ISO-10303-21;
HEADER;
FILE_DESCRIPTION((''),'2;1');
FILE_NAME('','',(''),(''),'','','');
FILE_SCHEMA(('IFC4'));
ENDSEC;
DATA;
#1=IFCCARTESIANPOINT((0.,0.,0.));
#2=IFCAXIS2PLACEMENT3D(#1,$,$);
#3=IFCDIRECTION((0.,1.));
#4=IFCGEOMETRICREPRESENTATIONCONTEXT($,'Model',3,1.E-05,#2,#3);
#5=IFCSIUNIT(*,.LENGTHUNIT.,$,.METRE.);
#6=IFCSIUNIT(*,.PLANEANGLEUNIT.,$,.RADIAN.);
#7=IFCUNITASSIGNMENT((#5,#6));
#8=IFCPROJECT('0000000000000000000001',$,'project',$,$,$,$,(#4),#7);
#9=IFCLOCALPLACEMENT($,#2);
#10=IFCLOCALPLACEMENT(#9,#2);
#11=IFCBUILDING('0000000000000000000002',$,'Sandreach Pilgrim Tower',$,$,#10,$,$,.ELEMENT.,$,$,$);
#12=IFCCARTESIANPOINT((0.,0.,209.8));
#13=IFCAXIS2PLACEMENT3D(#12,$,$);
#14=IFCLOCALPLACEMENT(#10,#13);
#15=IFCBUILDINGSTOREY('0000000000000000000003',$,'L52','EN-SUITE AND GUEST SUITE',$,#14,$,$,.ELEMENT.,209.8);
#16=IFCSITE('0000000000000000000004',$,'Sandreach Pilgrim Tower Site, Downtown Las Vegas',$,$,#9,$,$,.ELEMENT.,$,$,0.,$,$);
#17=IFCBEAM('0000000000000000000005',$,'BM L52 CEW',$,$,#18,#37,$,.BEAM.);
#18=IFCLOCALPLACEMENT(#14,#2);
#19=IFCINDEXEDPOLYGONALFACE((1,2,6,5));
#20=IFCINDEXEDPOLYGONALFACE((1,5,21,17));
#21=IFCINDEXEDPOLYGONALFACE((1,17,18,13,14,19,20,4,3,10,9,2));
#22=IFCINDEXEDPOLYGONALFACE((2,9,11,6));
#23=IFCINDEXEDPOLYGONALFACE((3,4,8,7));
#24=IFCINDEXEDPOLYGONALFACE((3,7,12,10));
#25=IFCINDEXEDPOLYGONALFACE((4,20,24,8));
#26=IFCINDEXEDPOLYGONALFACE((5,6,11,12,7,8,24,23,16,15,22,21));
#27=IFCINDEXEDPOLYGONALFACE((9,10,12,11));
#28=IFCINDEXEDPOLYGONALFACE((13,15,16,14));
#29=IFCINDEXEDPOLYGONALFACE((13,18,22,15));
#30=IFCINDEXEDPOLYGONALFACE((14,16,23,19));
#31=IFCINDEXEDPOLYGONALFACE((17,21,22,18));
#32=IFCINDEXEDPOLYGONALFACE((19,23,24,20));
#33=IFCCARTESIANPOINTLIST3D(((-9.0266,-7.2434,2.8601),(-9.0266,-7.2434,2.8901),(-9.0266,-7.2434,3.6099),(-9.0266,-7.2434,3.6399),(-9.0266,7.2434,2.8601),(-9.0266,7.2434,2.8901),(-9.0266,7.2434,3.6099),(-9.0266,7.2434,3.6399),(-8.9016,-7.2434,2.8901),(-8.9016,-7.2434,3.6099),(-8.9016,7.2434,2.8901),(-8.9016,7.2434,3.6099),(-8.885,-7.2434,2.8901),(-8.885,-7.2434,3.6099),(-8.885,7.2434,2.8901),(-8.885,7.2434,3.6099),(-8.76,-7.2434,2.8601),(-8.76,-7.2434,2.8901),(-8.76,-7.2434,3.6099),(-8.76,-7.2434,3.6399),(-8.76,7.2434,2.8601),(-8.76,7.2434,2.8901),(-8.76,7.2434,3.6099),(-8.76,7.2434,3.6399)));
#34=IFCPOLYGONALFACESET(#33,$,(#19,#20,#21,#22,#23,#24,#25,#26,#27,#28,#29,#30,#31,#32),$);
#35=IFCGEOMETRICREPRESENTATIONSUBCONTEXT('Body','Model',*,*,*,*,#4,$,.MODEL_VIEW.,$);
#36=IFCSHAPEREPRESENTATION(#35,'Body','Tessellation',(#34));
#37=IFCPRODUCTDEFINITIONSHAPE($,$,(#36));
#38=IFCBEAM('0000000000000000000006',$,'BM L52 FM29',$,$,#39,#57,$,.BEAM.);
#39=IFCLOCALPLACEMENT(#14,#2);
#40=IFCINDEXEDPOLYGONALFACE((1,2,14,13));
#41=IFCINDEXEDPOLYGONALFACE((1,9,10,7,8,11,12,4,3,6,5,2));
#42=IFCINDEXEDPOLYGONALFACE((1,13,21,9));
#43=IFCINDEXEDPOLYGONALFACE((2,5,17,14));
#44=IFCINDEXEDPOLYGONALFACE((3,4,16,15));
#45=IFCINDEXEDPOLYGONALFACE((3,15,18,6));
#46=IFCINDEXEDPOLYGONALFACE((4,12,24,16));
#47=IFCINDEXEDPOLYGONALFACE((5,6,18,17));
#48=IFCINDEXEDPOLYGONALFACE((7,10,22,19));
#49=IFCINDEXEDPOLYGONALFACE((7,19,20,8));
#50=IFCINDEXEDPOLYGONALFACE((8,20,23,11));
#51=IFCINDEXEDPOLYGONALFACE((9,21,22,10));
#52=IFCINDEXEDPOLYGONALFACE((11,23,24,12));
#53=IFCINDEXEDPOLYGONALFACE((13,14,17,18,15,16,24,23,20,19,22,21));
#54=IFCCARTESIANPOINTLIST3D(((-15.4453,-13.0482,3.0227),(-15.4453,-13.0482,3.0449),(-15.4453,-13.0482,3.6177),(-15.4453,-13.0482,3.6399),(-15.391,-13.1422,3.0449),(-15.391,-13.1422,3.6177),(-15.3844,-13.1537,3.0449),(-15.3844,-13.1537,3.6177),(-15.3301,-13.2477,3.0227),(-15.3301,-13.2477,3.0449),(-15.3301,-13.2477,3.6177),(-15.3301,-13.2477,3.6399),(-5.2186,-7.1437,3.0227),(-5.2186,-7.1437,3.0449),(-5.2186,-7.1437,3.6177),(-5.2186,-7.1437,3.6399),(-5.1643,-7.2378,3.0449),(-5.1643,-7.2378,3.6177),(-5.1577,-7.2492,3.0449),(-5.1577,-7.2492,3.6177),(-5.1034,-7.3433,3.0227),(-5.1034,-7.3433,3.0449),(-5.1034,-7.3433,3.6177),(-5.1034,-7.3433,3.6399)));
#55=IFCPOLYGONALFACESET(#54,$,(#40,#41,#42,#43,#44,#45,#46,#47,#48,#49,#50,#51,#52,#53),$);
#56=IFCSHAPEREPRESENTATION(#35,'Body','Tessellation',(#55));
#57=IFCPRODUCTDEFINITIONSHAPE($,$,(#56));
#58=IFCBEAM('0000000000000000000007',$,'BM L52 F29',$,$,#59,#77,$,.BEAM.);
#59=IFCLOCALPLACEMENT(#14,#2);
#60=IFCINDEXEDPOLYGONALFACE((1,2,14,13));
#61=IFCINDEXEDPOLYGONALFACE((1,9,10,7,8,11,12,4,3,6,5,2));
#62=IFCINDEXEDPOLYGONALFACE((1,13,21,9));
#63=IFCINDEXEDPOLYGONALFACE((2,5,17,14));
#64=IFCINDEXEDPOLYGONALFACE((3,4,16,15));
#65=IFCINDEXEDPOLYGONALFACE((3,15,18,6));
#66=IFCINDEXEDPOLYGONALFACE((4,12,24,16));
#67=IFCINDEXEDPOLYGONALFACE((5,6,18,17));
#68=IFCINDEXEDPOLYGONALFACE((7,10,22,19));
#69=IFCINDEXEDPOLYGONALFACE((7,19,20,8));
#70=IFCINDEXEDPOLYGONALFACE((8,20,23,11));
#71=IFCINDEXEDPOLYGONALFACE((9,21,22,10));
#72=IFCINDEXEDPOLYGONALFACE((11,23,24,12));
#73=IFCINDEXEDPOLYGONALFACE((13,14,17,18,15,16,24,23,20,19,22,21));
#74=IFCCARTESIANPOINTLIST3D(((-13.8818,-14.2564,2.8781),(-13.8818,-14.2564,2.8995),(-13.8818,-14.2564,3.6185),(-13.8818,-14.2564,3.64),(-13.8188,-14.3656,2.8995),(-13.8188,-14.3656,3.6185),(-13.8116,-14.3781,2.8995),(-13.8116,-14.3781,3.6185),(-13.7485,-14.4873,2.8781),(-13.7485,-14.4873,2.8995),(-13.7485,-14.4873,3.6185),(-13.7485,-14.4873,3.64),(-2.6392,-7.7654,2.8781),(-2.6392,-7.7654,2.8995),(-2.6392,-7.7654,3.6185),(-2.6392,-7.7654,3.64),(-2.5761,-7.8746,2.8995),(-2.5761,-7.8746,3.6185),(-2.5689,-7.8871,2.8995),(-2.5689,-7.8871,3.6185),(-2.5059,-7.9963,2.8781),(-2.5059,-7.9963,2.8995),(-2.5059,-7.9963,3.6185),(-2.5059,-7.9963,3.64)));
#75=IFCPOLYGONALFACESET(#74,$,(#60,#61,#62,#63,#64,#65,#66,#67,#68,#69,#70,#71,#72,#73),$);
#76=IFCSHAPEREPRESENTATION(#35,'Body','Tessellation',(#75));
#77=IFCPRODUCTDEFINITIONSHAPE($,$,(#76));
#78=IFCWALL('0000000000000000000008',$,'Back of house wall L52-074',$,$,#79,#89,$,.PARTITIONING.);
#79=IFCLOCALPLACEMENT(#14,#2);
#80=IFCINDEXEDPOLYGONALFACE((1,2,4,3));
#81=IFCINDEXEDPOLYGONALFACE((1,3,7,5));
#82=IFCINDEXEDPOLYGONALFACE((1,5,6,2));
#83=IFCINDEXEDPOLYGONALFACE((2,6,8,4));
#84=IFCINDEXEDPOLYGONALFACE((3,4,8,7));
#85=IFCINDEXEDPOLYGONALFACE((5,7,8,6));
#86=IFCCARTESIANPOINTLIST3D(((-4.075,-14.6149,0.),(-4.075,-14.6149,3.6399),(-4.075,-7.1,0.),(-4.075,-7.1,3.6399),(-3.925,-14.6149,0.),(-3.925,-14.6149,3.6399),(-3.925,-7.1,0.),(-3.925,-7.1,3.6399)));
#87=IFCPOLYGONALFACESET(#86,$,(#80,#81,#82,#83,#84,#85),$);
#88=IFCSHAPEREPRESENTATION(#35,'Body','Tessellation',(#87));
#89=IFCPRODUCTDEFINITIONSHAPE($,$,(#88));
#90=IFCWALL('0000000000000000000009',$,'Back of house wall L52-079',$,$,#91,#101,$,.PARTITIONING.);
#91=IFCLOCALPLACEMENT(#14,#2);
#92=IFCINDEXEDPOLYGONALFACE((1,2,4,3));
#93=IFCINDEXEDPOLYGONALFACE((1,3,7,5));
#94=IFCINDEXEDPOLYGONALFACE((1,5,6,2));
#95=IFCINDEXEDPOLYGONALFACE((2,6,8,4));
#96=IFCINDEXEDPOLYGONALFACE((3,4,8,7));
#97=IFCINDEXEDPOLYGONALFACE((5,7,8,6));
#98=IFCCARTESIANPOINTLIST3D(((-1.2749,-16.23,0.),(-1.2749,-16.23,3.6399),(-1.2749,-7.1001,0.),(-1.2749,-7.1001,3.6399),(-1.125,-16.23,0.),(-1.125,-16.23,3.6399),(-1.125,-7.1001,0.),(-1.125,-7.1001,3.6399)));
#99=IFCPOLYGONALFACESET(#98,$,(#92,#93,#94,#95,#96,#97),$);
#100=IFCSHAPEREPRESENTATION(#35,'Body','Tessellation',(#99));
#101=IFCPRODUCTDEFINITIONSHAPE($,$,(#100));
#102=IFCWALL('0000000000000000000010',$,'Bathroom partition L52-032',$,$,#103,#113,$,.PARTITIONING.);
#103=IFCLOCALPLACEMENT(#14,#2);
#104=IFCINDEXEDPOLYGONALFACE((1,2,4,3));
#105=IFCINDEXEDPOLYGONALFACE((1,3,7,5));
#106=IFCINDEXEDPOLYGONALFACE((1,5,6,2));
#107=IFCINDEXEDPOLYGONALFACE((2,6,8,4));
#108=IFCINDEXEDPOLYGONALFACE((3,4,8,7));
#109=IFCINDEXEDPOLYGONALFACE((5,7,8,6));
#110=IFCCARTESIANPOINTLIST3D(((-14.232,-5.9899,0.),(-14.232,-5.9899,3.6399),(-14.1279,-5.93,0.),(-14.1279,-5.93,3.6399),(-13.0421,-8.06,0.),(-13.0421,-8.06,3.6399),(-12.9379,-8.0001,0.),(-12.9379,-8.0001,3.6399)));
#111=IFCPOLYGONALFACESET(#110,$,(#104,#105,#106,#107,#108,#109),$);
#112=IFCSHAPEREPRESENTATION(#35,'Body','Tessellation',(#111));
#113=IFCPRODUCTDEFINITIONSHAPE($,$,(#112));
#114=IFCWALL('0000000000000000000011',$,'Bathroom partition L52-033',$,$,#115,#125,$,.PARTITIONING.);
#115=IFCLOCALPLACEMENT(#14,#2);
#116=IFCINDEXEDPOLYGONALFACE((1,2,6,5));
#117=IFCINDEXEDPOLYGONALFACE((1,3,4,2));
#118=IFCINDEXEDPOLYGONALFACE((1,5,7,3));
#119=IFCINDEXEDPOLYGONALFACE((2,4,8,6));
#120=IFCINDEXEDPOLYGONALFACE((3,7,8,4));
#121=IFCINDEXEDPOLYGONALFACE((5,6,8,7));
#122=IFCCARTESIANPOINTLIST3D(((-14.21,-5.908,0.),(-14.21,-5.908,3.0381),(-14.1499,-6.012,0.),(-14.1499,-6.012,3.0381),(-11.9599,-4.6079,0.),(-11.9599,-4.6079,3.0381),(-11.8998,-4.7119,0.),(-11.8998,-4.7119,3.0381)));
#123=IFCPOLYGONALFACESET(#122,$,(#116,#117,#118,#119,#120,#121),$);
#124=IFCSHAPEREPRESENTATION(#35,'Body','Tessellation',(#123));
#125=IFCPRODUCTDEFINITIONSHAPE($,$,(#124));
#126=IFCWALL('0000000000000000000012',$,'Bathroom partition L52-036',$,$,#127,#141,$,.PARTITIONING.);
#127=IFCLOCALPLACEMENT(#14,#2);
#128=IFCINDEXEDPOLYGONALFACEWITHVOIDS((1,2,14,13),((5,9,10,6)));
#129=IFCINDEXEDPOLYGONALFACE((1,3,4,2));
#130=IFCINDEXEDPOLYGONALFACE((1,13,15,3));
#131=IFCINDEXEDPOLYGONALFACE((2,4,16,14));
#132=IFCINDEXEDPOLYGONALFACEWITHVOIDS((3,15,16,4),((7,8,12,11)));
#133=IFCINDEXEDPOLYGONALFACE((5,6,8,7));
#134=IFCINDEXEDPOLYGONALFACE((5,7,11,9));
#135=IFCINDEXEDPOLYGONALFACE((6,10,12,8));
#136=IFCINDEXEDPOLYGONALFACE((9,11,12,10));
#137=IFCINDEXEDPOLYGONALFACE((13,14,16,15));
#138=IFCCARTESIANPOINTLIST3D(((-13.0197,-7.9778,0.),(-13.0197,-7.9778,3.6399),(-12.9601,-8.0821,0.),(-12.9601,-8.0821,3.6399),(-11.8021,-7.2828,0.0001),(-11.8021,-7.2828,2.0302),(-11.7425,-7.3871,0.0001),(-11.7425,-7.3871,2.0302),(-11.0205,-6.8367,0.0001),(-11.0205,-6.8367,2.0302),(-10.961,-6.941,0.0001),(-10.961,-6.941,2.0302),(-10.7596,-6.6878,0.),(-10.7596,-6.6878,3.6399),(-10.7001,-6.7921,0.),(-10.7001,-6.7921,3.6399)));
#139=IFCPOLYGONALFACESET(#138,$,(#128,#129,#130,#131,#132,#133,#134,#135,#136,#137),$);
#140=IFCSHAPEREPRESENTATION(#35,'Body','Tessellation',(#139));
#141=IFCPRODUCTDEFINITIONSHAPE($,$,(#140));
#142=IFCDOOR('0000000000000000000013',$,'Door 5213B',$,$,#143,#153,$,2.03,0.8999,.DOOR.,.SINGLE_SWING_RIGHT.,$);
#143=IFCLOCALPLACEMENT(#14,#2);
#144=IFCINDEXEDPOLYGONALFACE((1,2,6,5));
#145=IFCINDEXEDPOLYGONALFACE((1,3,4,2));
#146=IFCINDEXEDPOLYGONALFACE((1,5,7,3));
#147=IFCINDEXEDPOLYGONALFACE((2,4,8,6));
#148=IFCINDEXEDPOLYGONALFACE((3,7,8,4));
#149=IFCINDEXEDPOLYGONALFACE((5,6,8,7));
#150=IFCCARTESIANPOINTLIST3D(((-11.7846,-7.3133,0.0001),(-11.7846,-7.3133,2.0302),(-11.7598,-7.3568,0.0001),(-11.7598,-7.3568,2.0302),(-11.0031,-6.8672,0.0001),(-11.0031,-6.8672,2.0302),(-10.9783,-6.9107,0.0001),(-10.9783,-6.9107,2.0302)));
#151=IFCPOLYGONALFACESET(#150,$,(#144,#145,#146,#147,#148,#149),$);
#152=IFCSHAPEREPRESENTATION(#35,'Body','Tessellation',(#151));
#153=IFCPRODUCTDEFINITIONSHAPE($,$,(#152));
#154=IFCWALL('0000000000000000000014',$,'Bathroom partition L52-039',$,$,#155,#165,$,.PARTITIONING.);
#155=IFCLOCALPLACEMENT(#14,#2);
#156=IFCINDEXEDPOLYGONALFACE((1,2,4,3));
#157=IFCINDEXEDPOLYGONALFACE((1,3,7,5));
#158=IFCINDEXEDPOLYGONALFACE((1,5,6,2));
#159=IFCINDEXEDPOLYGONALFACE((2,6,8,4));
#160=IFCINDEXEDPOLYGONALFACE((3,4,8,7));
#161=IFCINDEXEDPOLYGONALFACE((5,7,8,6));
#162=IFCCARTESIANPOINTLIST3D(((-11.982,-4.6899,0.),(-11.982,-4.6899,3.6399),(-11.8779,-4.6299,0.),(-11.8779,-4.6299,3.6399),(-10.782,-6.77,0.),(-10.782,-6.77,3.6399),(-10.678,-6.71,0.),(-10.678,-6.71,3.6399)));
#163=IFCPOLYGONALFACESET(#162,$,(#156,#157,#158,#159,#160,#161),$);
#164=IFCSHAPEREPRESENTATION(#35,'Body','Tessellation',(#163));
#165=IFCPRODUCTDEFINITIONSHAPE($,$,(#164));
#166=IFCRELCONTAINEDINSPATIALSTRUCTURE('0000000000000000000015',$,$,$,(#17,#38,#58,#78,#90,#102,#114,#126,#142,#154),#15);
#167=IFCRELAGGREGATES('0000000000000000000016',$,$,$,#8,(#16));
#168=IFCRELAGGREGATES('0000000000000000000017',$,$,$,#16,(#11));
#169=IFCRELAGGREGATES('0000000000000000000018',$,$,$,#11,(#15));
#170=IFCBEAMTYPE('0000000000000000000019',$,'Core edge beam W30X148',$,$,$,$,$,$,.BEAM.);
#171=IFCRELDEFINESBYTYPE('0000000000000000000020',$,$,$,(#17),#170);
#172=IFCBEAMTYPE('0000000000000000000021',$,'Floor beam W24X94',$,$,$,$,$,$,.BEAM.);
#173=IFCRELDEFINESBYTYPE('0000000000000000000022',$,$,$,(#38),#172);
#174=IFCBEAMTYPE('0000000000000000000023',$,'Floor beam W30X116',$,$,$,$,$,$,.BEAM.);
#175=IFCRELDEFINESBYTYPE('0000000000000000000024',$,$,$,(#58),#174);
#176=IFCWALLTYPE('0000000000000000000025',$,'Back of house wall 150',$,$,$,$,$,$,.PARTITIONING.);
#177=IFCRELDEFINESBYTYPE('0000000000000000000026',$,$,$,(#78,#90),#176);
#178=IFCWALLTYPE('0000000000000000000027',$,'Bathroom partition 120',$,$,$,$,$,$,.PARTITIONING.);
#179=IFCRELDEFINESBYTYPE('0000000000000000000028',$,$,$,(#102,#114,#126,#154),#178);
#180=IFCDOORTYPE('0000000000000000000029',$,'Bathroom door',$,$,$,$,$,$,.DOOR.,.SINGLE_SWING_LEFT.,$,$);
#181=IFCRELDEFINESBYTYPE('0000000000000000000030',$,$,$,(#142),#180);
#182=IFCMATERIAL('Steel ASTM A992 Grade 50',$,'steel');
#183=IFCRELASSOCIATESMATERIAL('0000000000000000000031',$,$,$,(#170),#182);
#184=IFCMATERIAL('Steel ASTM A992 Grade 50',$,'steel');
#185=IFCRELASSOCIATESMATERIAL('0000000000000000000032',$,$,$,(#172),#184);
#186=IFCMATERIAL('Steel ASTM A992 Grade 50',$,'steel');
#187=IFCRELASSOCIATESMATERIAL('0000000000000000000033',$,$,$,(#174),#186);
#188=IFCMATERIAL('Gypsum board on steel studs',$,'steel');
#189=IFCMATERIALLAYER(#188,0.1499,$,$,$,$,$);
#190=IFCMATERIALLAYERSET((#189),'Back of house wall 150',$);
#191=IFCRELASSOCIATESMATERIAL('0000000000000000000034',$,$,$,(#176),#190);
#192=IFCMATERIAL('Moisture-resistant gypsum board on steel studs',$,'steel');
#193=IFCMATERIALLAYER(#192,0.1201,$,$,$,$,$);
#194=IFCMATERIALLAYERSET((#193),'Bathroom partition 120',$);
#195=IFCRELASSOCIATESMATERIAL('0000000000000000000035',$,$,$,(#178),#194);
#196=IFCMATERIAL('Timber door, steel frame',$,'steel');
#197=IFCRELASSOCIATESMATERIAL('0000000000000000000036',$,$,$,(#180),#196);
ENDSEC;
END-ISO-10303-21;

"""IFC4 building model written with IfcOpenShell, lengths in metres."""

from ifc_helpers import new_model, si_unit, direction, frame, frame_2d, origin, origin_2d, place, context, subcontext, project, spatial, rectangle, i_section, extrude, material, layer, layer_set, material_profile, profile_set, type_object, element, fill, save


model = new_model("IFC4")

# Units and contexts
model_context = context("Model", 3, precision=1e-05, world=origin(), true_north=direction((0.0, 1.0)))
body_context = subcontext(model_context, "Body", "Model", "MODEL_VIEW")
ifc_project = project(units=[si_unit("LENGTHUNIT", "METRE"), si_unit("PLANEANGLEUNIT", "RADIAN")], contexts=[model_context])

# Site, building, storey
site_placement = place(None, origin())
site = spatial("IfcSite", under=ifc_project, at=site_placement, Name="Sandreach Pilgrim Tower Site, Downtown Las Vegas", CompositionType="ELEMENT", RefElevation=0.0)
building_placement = place(site_placement, origin())
building = spatial("IfcBuilding", under=site, at=building_placement, Name="Sandreach Pilgrim Tower", CompositionType="ELEMENT")
storey_placement = place(building_placement, frame((0.0, 0.0, 209.8)))
storey = spatial("IfcBuildingStorey", under=building, at=storey_placement, Name="L52", Description="EN-SUITE AND GUEST SUITE", CompositionType="ELEMENT", Elevation=209.8)

# Beams
ifc_material_1 = material(Name="Steel ASTM A992 Grade 50", Category="steel")
ifc_material_profile_1 = material_profile(ifc_material_1, i_section(OverallWidth=0.2666, OverallDepth=0.7798, WebThickness=0.0166, FlangeThickness=0.03, at=origin_2d()), Name="W30X148")
ifc_profile_set_1 = profile_set([ifc_material_profile_1], Name="Steel ASTM A992 Grade 50")
beam_type_1 = type_object("IfcBeamType", Name="Core edge beam W30X148", PredefinedType="BEAM", material=ifc_profile_set_1)
beam_1_placement = place(storey_placement, frame((-8.8933, -7.2434, 3.25), z_axis=(0.0, 1.0, 0.0), x_axis=(-1.0, 0.0, 0.0)))
element("IfcBeam", 1, at=beam_1_placement, inside=storey, type_object=beam_type_1, Name="BM L52 CEW", PredefinedType="BEAM", context=body_context, shape_type="SweptSolid", body=[
    extrude(i_section(OverallWidth=0.2666, OverallDepth=0.7798, WebThickness=0.0166, FlangeThickness=0.03, at=origin_2d()), origin(), (0.0, 0.0, 1.0), 14.4868),
])
ifc_material_2 = material(Name="Steel ASTM A992 Grade 50", Category="steel")
ifc_material_profile_2 = material_profile(ifc_material_2, i_section(OverallWidth=0.2305, OverallDepth=0.6172, WebThickness=0.0132, FlangeThickness=0.0222, at=origin_2d()), Name="W24X94")
ifc_profile_set_2 = profile_set([ifc_material_profile_2], Name="Steel ASTM A992 Grade 50")
beam_type_2 = type_object("IfcBeamType", Name="Floor beam W24X94", PredefinedType="BEAM", material=ifc_profile_set_2)
beam_2_placement = place(storey_placement, frame((-15.3877, -13.1479, 3.3313), z_axis=(0.866022, 0.500006, 0.0), x_axis=(-0.500006, 0.866022, 0.0)))
element("IfcBeam", 2, at=beam_2_placement, inside=storey, type_object=beam_type_2, Name="BM L52 FM29", PredefinedType="BEAM", context=body_context, shape_type="SweptSolid", body=[
    extrude(i_section(OverallWidth=0.2305, OverallDepth=0.6172, WebThickness=0.0132, FlangeThickness=0.0222, at=origin_2d()), origin(), (0.0, 0.0, 1.0), 11.8088),
])
ifc_material_3 = material(Name="Steel ASTM A992 Grade 50", Category="steel")
ifc_material_profile_3 = material_profile(ifc_material_3, i_section(OverallWidth=0.2666, OverallDepth=0.762, WebThickness=0.0144, FlangeThickness=0.0215, at=origin_2d()), Name="W30X116")
ifc_profile_set_3 = profile_set([ifc_material_profile_3], Name="Steel ASTM A992 Grade 50")
beam_type_3 = type_object("IfcBeamType", Name="Floor beam W30X116", PredefinedType="BEAM", material=ifc_profile_set_3)
beam_3_placement = place(storey_placement, frame((-13.8152, -14.3718, 3.259), z_axis=(0.866025, 0.5, 0.0), x_axis=(-0.5, 0.866025, 0.0)))
element("IfcBeam", 3, at=beam_3_placement, inside=storey, type_object=beam_type_3, Name="BM L52 F29", PredefinedType="BEAM", context=body_context, shape_type="SweptSolid", body=[
    extrude(i_section(OverallWidth=0.2666, OverallDepth=0.762, WebThickness=0.0144, FlangeThickness=0.0215, at=origin_2d()), origin(), (0.0, 0.0, 1.0), 12.9819),
])

# Walls
ifc_material_4 = material(Name="Gypsum board on steel studs", Category="steel")
ifc_layer_1 = layer(ifc_material_4, 0.1499)
ifc_layer_set_1 = layer_set([ifc_layer_1], Name="Back of house wall 150")
wall_type_1 = type_object("IfcWallType", Name="Back of house wall 150", PredefinedType="PARTITIONING", material=ifc_layer_set_1)
wall_1_placement = place(storey_placement, frame((-4.0, -7.1001, 0.0), z_axis=(0.0, 0.0, 1.0), x_axis=(0.0, -1.0, 0.0)))
element("IfcWall", 4, at=wall_1_placement, inside=storey, type_object=wall_type_1, Name="Back of house wall L52-074", PredefinedType="PARTITIONING", context=body_context, shape_type="SweptSolid", body=[
    extrude(rectangle(XDim=7.5149, YDim=0.1499, at=frame_2d((3.7573, 0.0))), origin(), (0.0, 0.0, 1.0), 3.6399),
])
wall_2_placement = place(storey_placement, frame((-1.2, -7.1001, 0.0), z_axis=(0.0, 0.0, 1.0), x_axis=(0.0, -1.0, 0.0)))
element("IfcWall", 5, at=wall_2_placement, inside=storey, type_object=wall_type_1, Name="Back of house wall L52-079", PredefinedType="PARTITIONING", context=body_context, shape_type="SweptSolid", body=[
    extrude(rectangle(XDim=9.1299, YDim=0.1499, at=frame_2d((4.5649, 0.0))), origin(), (0.0, 0.0, 1.0), 3.6399),
])
ifc_material_5 = material(Name="Moisture-resistant gypsum board on steel studs", Category="steel")
ifc_layer_2 = layer(ifc_material_5, 0.1201)
ifc_layer_set_2 = layer_set([ifc_layer_2], Name="Bathroom partition 120")
wall_type_2 = type_object("IfcWallType", Name="Bathroom partition 120", PredefinedType="PARTITIONING", material=ifc_layer_set_2)
wall_3_placement = place(storey_placement, frame((-14.1799, -5.96, 0.0), z_axis=(0.0, 0.0, 1.0), x_axis=(0.498362, -0.866969, 0.0)))
element("IfcWall", 6, at=wall_3_placement, inside=storey, type_object=wall_type_2, Name="Bathroom partition L52-032", PredefinedType="PARTITIONING", context=body_context, shape_type="SweptSolid", body=[
    extrude(rectangle(XDim=2.3877, YDim=0.1201, at=frame_2d((1.1938, 0.0))), origin(), (0.0, 0.0, 1.0), 3.6399),
])
wall_4_placement = place(storey_placement, frame((-14.1799, -5.96, 0.0), z_axis=(0.0, 0.0, 1.0), x_axis=(0.865857, 0.500292, 0.0)))
element("IfcWall", 7, at=wall_4_placement, inside=storey, type_object=wall_type_2, Name="Bathroom partition L52-033", PredefinedType="PARTITIONING", context=body_context, shape_type="SweptSolid", body=[
    extrude(rectangle(XDim=2.5986, YDim=0.1201, at=frame_2d((1.2993, 0.0))), origin(), (0.0, 0.0, 1.0), 3.0381),
])

# Wall, opening, door
wall_5_placement = place(storey_placement, frame((-12.99, -8.03, 0.0), z_axis=(0.0, 0.0, 1.0), x_axis=(0.868474, 0.495735, 0.0)))
wall_5 = element("IfcWall", 8, at=wall_5_placement, inside=storey, type_object=wall_type_2, Name="Bathroom partition L52-036", PredefinedType="PARTITIONING", context=body_context, shape_type="SweptSolid", body=[
    extrude(rectangle(XDim=2.6023, YDim=0.1201, at=frame_2d((1.3013, 0.0))), origin(), (0.0, 0.0, 1.0), 3.6399),
])
opening_1_placement = place(wall_5_placement, frame((1.4021, 0.0, 0.0)))
opening_1 = element("IfcOpeningElement", 9, at=opening_1_placement, cuts=wall_5, PredefinedType="OPENING", context=body_context, shape_type="SweptSolid", body=[
    extrude(rectangle(XDim=0.8999, YDim=2.03, at=frame_2d((0.45, 1.0151))), frame((0.0, 0.0601, 0.0), z_axis=(0.0, -1.0, 0.0), x_axis=(1.0, 0.0, 0.0)), (0.0, 0.0, 1.0), 0.1201),
])
ifc_material_6 = material(Name="Timber door, steel frame", Category="steel")
door_type_1 = type_object("IfcDoorType", Name="Bathroom door", OperationType="SINGLE_SWING_LEFT", PredefinedType="DOOR", material=ifc_material_6)
door_1_placement = place(opening_1_placement, origin())
door_1 = element("IfcDoor", 10, at=door_1_placement, inside=storey, type_object=door_type_1, Name="Door 5213B", OperationType="SINGLE_SWING_RIGHT", OverallHeight=2.03, OverallWidth=0.8999, PredefinedType="DOOR", context=body_context, shape_type="SweptSolid", body=[
    extrude(rectangle(XDim=0.8999, YDim=2.03, at=frame_2d((0.45, 1.0151))), frame((0.0, 0.0249, 0.0), z_axis=(0.0, -1.0, 0.0), x_axis=(1.0, 0.0, 0.0)), (0.0, 0.0, 1.0), 0.05),
])
fill(opening_1, door_1)

# Wall
wall_6_placement = place(storey_placement, frame((-11.9299, -4.6599, 0.0), z_axis=(0.0, 0.0, 1.0), x_axis=(0.499693, -0.866203, 0.0)))
element("IfcWall", 11, at=wall_6_placement, inside=storey, type_object=wall_type_2, Name="Bathroom partition L52-039", PredefinedType="PARTITIONING", context=body_context, shape_type="SweptSolid", body=[
    extrude(rectangle(XDim=2.4014, YDim=0.1201, at=frame_2d((1.2007, 0.0))), origin(), (0.0, 0.0, 1.0), 3.6399),
])

save(model, "model.ifc")
